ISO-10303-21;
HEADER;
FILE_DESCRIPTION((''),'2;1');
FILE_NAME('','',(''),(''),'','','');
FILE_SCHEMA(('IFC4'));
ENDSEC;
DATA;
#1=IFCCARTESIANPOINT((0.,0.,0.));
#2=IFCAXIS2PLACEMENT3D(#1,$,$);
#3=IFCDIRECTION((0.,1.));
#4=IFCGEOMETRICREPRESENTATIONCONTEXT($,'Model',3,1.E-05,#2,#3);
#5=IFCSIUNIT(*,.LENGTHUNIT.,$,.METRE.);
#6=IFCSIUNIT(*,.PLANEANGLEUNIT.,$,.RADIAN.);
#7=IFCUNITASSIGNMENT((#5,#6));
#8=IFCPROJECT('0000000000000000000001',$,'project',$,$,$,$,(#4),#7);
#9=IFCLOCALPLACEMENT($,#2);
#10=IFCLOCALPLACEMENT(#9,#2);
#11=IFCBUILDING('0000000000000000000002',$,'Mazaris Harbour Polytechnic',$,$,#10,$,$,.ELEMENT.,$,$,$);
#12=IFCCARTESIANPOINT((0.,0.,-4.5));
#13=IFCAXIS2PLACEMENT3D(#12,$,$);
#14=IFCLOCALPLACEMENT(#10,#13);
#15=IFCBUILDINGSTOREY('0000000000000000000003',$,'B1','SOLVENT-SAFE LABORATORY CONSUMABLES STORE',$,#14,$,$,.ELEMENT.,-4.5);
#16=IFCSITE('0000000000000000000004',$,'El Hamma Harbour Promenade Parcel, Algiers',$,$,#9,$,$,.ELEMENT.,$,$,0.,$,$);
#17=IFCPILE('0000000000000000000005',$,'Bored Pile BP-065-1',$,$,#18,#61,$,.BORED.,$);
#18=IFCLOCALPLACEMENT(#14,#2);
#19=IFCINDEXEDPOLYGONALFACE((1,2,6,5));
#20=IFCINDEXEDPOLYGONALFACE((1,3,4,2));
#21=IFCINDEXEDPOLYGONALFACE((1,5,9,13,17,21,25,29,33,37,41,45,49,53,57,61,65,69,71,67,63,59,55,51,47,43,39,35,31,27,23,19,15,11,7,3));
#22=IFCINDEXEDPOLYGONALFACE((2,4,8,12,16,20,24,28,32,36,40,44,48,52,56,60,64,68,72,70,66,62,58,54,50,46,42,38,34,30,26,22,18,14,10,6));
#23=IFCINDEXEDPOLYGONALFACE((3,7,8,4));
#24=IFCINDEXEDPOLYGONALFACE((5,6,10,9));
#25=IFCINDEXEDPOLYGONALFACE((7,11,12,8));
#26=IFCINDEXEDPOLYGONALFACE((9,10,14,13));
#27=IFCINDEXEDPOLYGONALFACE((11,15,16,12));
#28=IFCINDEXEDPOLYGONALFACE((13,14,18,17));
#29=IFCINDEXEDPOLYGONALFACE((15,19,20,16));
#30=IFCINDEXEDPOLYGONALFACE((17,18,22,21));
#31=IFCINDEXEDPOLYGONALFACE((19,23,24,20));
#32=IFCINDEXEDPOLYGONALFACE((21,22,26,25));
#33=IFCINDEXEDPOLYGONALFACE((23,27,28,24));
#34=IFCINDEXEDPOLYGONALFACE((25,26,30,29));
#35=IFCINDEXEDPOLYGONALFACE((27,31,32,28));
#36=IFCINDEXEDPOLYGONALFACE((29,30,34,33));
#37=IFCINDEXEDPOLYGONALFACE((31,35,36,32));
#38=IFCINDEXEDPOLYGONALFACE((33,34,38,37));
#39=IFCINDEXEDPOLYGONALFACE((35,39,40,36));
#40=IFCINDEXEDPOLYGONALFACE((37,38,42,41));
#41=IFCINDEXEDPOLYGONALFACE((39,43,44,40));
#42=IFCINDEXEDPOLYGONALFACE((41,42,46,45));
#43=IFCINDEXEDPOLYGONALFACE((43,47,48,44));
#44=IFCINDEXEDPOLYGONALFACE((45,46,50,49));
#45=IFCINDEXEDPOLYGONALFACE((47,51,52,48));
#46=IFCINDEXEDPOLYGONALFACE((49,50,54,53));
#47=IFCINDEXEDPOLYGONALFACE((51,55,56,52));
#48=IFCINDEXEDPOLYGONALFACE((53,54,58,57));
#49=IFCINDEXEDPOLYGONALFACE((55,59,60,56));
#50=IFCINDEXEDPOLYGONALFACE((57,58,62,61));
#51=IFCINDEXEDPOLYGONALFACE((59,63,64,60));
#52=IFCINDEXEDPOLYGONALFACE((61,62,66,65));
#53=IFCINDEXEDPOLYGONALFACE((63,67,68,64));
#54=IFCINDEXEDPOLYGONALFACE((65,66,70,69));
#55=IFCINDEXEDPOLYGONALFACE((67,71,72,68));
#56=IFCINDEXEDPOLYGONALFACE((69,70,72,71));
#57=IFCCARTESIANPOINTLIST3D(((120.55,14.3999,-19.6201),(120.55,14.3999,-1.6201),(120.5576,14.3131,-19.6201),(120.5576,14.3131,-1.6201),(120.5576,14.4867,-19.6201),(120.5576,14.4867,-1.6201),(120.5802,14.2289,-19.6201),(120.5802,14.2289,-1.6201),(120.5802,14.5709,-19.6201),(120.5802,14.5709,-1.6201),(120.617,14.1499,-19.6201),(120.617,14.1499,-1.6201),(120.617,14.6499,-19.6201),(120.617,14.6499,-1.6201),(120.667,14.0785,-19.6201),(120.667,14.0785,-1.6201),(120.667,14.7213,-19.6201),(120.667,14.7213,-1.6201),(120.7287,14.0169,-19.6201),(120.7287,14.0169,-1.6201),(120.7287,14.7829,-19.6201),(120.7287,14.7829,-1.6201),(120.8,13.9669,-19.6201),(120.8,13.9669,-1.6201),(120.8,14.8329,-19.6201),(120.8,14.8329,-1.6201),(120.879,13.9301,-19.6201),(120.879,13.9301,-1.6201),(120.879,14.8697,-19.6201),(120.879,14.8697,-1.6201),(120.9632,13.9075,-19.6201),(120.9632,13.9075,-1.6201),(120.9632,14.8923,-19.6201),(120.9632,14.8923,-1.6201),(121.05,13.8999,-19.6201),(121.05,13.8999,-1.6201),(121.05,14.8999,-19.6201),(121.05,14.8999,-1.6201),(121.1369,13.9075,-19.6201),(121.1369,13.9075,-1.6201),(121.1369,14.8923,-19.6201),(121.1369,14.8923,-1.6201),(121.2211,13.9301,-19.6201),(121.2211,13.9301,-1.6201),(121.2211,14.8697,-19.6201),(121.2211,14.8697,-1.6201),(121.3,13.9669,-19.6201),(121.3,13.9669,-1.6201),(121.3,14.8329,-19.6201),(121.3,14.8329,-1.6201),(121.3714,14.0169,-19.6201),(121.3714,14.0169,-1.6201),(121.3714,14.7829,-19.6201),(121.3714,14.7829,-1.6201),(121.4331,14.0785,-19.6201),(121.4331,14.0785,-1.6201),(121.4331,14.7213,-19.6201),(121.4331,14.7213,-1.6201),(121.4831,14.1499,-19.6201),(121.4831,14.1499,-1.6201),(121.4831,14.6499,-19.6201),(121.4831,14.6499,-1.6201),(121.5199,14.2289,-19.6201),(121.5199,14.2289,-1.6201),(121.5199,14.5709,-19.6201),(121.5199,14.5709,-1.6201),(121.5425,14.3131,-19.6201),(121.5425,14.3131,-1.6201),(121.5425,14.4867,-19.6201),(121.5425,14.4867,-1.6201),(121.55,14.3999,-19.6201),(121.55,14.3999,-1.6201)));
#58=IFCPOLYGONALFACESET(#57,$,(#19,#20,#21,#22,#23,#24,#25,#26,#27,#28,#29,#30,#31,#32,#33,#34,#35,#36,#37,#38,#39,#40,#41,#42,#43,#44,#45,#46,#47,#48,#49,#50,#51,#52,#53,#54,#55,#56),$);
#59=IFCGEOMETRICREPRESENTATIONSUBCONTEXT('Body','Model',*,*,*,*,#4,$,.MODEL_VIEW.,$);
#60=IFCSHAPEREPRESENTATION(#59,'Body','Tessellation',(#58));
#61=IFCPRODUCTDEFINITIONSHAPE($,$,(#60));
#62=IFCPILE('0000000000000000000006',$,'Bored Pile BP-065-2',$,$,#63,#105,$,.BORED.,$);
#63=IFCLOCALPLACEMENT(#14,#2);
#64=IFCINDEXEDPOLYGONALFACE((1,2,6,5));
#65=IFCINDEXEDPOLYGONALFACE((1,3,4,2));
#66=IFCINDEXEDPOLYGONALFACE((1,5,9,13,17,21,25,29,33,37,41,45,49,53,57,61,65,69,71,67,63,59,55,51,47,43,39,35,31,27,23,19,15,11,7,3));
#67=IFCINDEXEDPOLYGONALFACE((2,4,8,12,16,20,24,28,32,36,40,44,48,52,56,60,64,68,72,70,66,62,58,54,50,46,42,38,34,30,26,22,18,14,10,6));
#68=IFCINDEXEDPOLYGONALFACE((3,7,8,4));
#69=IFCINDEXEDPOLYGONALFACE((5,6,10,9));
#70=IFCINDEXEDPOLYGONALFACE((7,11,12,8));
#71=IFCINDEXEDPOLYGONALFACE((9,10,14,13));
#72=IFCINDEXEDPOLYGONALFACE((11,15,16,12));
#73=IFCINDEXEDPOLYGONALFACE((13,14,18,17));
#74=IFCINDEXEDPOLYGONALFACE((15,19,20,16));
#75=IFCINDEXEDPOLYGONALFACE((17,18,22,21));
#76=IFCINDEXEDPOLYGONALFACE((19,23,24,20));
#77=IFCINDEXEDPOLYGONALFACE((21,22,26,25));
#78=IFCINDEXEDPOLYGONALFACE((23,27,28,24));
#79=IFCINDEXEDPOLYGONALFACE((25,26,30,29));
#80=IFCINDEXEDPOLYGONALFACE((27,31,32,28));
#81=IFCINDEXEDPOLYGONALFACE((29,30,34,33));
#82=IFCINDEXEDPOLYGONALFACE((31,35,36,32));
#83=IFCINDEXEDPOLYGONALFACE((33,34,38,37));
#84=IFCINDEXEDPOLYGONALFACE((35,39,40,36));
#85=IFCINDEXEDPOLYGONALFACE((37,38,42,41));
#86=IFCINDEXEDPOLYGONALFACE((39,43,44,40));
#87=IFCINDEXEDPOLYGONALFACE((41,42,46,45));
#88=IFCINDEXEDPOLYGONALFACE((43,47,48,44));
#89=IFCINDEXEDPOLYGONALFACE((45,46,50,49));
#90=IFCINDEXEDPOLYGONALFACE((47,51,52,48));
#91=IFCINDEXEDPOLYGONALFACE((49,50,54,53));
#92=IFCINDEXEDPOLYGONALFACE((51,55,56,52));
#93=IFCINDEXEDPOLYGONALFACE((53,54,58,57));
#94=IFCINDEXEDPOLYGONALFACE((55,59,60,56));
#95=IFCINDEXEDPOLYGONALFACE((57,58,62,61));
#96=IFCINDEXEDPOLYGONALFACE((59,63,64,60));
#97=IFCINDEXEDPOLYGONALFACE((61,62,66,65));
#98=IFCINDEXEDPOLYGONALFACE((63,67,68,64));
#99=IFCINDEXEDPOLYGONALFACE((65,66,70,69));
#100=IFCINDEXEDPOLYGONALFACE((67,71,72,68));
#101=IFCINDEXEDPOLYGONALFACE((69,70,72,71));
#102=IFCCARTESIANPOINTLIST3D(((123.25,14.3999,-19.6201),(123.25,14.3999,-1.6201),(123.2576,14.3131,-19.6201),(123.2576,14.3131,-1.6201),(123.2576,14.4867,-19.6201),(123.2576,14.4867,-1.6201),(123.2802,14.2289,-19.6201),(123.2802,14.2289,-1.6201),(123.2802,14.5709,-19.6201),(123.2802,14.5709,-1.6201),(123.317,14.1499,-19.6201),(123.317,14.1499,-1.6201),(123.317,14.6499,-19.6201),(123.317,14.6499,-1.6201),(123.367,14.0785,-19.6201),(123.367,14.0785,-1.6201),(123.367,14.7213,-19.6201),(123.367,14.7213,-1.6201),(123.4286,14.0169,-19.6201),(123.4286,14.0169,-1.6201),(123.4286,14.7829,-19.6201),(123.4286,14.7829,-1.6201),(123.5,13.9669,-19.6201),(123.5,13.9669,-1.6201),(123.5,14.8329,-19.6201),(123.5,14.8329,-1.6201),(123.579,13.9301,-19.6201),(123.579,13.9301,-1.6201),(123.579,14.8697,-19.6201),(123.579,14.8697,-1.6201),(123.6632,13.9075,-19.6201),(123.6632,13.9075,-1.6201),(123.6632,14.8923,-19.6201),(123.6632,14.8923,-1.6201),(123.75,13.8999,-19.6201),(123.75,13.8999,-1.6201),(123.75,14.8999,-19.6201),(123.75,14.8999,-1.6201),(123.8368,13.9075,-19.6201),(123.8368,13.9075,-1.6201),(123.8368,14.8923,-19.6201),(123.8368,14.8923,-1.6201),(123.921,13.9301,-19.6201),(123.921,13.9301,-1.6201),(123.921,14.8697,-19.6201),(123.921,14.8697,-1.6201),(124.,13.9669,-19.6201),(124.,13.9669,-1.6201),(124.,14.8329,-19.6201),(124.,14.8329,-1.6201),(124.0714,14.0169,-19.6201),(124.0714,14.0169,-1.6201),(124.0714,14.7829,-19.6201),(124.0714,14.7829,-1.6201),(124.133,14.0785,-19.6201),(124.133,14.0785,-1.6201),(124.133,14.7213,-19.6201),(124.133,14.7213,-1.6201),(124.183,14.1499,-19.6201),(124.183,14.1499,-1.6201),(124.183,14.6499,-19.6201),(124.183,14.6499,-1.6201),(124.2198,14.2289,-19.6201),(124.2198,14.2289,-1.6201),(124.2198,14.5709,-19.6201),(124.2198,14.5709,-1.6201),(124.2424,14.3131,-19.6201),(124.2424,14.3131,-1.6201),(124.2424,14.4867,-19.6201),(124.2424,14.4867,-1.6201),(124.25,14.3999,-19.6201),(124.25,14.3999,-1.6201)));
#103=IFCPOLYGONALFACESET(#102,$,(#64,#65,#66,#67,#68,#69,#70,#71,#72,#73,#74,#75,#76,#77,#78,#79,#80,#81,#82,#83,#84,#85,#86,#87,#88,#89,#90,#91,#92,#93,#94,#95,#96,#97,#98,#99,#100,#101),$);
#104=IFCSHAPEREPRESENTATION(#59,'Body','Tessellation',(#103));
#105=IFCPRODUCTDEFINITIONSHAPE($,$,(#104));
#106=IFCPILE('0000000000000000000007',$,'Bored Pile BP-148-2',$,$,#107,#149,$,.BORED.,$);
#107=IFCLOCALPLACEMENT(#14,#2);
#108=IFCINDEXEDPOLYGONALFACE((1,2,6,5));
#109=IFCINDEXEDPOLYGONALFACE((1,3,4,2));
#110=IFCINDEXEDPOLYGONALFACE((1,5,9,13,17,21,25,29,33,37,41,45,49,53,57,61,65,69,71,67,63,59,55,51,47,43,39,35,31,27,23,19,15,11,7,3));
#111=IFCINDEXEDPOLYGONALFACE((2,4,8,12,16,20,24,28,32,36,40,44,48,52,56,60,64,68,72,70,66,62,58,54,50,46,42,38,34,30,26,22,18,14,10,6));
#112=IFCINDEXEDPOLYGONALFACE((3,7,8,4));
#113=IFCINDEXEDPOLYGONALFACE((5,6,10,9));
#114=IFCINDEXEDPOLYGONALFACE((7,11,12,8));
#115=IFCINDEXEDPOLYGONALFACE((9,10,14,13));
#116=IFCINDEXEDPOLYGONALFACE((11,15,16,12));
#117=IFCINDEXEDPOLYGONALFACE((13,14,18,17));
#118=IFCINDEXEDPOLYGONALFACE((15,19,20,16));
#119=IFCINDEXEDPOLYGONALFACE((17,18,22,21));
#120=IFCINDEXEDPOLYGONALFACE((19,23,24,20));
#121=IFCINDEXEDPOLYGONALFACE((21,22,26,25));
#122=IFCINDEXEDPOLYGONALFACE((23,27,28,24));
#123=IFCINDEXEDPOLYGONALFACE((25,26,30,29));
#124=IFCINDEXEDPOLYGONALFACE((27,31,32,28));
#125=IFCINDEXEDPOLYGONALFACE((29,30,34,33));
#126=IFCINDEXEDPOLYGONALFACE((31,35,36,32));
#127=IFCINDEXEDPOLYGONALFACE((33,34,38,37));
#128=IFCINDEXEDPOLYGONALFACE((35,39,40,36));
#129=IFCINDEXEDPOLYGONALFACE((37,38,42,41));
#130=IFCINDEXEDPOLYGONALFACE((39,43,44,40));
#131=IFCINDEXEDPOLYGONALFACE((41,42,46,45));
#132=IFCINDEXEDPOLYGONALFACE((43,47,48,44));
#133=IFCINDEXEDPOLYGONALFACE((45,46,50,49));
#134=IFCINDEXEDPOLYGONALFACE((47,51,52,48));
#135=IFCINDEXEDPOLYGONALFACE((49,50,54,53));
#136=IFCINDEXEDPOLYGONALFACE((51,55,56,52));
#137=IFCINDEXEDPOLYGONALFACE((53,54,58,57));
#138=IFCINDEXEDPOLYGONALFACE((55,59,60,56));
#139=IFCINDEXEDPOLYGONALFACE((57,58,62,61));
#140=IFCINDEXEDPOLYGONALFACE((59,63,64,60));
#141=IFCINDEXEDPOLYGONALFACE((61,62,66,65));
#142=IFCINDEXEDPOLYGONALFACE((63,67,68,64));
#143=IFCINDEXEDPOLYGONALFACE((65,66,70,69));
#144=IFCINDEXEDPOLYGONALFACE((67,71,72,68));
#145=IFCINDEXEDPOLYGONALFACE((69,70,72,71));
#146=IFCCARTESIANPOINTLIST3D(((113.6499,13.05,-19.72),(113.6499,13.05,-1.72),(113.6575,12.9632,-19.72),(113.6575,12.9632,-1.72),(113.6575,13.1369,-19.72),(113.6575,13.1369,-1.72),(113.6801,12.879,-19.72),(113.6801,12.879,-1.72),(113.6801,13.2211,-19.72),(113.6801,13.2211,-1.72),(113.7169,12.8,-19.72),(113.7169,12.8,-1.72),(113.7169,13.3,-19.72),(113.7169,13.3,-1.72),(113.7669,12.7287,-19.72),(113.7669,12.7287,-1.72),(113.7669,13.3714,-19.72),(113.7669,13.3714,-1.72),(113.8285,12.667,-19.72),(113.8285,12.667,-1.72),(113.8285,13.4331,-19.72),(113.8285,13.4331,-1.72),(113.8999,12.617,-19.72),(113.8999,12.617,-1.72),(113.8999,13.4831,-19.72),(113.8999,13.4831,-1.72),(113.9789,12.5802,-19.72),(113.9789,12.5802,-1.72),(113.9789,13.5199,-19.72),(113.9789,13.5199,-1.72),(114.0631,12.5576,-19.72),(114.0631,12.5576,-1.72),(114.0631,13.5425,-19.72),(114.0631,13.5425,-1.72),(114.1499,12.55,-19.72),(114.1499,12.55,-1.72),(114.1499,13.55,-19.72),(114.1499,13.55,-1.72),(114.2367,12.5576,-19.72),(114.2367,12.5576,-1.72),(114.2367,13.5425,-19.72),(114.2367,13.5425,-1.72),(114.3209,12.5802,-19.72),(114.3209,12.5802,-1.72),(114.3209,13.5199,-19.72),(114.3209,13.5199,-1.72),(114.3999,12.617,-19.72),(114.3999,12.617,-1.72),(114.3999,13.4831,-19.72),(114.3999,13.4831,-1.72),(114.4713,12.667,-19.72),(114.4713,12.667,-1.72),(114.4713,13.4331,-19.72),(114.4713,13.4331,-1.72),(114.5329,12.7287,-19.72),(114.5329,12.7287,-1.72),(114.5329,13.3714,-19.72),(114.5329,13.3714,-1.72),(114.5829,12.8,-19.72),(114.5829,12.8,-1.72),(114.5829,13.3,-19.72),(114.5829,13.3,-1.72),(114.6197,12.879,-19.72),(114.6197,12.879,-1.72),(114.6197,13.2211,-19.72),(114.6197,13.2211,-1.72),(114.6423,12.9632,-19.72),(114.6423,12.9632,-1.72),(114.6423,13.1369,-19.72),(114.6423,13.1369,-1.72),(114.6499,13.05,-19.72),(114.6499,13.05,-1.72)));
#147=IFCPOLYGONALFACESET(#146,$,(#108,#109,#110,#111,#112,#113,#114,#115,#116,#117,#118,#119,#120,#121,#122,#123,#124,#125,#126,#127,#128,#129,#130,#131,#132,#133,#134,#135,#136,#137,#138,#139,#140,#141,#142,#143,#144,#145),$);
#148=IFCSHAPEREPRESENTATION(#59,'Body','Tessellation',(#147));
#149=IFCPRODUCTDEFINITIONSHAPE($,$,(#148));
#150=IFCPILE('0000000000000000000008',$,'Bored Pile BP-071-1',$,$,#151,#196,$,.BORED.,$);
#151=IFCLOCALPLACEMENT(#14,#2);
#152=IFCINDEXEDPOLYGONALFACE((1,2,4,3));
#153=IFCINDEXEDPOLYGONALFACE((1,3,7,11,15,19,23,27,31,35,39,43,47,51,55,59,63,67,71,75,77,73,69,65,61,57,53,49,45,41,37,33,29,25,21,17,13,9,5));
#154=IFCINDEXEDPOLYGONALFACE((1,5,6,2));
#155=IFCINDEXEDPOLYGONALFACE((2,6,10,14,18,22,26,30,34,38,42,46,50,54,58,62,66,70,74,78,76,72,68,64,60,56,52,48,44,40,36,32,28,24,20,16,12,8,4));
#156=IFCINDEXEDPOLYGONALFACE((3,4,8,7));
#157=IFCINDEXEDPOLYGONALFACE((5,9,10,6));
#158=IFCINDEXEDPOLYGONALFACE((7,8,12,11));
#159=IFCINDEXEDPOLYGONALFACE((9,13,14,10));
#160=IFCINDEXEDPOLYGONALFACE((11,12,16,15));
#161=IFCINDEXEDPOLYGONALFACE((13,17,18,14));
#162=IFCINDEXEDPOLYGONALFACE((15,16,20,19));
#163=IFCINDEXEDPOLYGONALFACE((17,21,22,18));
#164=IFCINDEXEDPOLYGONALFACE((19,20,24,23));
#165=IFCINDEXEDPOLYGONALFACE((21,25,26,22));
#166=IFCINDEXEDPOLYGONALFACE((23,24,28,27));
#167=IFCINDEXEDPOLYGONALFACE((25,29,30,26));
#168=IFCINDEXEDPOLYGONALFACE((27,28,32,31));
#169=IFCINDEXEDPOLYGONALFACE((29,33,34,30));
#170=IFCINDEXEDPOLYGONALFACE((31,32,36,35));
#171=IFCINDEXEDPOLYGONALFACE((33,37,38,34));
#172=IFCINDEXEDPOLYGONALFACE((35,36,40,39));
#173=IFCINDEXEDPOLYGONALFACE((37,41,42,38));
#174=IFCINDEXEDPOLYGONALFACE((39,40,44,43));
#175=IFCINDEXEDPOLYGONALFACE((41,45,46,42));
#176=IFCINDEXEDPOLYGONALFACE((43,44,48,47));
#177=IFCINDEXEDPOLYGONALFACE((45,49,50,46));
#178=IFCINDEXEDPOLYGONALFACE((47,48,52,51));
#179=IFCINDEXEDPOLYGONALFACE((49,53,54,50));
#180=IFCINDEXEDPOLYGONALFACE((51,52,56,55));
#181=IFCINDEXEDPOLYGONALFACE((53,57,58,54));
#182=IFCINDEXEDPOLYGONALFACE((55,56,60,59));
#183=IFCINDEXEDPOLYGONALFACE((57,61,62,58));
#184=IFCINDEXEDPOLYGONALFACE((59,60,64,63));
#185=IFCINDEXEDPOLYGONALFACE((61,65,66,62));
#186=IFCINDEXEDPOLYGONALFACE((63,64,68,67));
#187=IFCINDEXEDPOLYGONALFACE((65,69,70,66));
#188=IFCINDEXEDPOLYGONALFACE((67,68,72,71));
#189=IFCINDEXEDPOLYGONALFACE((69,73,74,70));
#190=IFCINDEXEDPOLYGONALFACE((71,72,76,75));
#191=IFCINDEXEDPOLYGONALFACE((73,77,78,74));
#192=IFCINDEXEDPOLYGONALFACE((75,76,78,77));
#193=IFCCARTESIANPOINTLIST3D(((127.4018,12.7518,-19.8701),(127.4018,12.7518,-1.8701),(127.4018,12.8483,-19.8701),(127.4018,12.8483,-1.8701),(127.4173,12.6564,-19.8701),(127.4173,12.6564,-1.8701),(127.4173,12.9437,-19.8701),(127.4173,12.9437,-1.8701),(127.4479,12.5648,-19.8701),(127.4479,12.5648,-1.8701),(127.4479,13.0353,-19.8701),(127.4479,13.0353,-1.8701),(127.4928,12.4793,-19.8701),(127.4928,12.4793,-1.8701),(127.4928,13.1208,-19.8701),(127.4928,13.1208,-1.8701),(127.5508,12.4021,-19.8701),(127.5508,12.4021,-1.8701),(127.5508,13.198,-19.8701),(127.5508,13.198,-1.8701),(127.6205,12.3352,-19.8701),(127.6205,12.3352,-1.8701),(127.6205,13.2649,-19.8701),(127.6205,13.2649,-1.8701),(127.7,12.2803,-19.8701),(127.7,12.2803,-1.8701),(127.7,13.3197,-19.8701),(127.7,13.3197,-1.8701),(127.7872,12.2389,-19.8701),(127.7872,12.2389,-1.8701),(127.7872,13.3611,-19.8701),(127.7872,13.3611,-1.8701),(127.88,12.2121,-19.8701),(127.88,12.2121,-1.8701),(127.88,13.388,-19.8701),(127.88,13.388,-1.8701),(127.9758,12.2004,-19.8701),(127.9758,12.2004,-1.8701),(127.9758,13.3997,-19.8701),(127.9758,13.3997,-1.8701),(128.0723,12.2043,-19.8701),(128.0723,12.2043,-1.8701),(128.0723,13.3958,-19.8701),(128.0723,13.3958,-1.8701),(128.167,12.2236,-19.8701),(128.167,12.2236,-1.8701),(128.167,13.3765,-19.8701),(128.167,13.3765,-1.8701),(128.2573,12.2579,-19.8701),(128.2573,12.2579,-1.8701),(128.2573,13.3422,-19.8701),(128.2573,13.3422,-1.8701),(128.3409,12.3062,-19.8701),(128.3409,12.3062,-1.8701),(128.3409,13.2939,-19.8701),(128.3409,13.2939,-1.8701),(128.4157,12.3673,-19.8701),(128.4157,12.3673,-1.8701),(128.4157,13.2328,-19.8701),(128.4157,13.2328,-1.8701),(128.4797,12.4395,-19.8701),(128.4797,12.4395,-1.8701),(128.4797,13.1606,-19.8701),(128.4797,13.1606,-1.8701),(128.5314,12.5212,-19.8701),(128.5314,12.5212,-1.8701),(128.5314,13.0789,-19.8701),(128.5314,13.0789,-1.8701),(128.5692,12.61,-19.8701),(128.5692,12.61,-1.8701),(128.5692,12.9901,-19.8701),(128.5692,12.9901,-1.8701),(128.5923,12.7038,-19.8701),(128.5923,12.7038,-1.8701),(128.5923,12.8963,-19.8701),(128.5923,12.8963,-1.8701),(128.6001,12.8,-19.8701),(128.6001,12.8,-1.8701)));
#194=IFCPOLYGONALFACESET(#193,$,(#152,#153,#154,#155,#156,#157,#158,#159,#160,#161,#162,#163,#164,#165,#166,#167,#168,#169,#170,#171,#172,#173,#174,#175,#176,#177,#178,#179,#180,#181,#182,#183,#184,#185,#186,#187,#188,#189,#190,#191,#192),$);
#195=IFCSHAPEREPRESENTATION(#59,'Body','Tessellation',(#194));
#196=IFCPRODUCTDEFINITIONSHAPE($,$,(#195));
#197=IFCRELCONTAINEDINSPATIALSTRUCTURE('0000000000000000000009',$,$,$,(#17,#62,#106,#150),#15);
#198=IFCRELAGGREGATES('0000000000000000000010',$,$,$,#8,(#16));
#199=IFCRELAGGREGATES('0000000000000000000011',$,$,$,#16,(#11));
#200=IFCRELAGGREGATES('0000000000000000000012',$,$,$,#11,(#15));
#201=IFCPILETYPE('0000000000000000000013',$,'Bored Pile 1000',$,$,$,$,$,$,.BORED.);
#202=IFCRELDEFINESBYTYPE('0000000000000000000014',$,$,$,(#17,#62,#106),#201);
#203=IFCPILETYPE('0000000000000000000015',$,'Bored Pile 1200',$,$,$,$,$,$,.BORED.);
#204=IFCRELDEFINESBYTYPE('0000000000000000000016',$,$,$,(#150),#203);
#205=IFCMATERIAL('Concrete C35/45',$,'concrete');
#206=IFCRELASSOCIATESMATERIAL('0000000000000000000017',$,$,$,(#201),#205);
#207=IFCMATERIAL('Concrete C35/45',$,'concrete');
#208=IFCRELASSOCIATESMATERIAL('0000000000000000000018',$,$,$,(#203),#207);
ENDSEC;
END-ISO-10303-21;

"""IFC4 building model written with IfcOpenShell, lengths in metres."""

from ifc_helpers import new_model, si_unit, direction, frame, origin, origin_2d, place, context, subcontext, project, spatial, circle, extrude, material, material_profile, profile_set, type_object, element, save


model = new_model("IFC4")

# Units and contexts
model_context = context("Model", 3, precision=1e-05, world=origin(), true_north=direction((0.0, 1.0)))
body_context = subcontext(model_context, "Body", "Model", "MODEL_VIEW")
ifc_project = project(units=[si_unit("LENGTHUNIT", "METRE"), si_unit("PLANEANGLEUNIT", "RADIAN")], contexts=[model_context])

# Site, building, storey
site_placement = place(None, origin())
site = spatial("IfcSite", under=ifc_project, at=site_placement, Name="El Hamma Harbour Promenade Parcel, Algiers", CompositionType="ELEMENT", RefElevation=0.0)
building_placement = place(site_placement, origin())
building = spatial("IfcBuilding", under=site, at=building_placement, Name="Mazaris Harbour Polytechnic", CompositionType="ELEMENT")
storey_placement = place(building_placement, frame((0.0, 0.0, -4.5)))
storey = spatial("IfcBuildingStorey", under=building, at=storey_placement, Name="B1", Description="SOLVENT-SAFE LABORATORY CONSUMABLES STORE", CompositionType="ELEMENT", Elevation=-4.5)

# Piles
ifc_material_1 = material(Name="Concrete C35/45", Category="concrete")
ifc_material_profile_1 = material_profile(ifc_material_1, circle(Radius=0.5, at=origin_2d()), Name="DIA1000")
ifc_profile_set_1 = profile_set([ifc_material_profile_1], Name="Concrete C35/45")
pile_type_1 = type_object("IfcPileType", Name="Bored Pile 1000", PredefinedType="BORED", material=ifc_profile_set_1)
for number, where, z_axis, x_axis, name in (
    (1, (121.05, 14.3999, -1.6201), (0.0, 0.0, -1.0), (1.0, 0.0, 0.0), "Bored Pile BP-065-1"),
    (2, (123.75, 14.3999, -1.6201), (0.0, 0.0, -1.0), (1.0, 0.0, 0.0), "Bored Pile BP-065-2"),
    (3, (114.1499, 13.05, -1.72), (0.0, 0.0, -1.0), (1.0, 0.0, 0.0), "Bored Pile BP-148-2"),
):
    element("IfcPile", number, at=place(storey_placement, frame(where, z_axis=z_axis, x_axis=x_axis)), inside=storey, type_object=pile_type_1, Name=name, PredefinedType="BORED", context=body_context, shape_type="SweptSolid", body=[
        extrude(circle(Radius=0.5, at=origin_2d()), origin(), (0.0, 0.0, 1.0), 18.0),
    ])
ifc_material_2 = material(Name="Concrete C35/45", Category="concrete")
ifc_material_profile_2 = material_profile(ifc_material_2, circle(Radius=0.6001, at=origin_2d()), Name="DIA1200")
ifc_profile_set_2 = profile_set([ifc_material_profile_2], Name="Concrete C35/45")
pile_type_2 = type_object("IfcPileType", Name="Bored Pile 1200", PredefinedType="BORED", material=ifc_profile_set_2)
pile_placement = place(storey_placement, frame((128.0, 12.8, -1.8701), z_axis=(0.0, 0.0, -1.0), x_axis=(1.0, 0.0, 0.0)))
element("IfcPile", 4, at=pile_placement, inside=storey, type_object=pile_type_2, Name="Bored Pile BP-071-1", PredefinedType="BORED", context=body_context, shape_type="SweptSolid", body=[
    extrude(circle(Radius=0.6001, at=origin_2d()), origin(), (0.0, 0.0, 1.0), 18.0),
])

save(model, "model.ifc")
